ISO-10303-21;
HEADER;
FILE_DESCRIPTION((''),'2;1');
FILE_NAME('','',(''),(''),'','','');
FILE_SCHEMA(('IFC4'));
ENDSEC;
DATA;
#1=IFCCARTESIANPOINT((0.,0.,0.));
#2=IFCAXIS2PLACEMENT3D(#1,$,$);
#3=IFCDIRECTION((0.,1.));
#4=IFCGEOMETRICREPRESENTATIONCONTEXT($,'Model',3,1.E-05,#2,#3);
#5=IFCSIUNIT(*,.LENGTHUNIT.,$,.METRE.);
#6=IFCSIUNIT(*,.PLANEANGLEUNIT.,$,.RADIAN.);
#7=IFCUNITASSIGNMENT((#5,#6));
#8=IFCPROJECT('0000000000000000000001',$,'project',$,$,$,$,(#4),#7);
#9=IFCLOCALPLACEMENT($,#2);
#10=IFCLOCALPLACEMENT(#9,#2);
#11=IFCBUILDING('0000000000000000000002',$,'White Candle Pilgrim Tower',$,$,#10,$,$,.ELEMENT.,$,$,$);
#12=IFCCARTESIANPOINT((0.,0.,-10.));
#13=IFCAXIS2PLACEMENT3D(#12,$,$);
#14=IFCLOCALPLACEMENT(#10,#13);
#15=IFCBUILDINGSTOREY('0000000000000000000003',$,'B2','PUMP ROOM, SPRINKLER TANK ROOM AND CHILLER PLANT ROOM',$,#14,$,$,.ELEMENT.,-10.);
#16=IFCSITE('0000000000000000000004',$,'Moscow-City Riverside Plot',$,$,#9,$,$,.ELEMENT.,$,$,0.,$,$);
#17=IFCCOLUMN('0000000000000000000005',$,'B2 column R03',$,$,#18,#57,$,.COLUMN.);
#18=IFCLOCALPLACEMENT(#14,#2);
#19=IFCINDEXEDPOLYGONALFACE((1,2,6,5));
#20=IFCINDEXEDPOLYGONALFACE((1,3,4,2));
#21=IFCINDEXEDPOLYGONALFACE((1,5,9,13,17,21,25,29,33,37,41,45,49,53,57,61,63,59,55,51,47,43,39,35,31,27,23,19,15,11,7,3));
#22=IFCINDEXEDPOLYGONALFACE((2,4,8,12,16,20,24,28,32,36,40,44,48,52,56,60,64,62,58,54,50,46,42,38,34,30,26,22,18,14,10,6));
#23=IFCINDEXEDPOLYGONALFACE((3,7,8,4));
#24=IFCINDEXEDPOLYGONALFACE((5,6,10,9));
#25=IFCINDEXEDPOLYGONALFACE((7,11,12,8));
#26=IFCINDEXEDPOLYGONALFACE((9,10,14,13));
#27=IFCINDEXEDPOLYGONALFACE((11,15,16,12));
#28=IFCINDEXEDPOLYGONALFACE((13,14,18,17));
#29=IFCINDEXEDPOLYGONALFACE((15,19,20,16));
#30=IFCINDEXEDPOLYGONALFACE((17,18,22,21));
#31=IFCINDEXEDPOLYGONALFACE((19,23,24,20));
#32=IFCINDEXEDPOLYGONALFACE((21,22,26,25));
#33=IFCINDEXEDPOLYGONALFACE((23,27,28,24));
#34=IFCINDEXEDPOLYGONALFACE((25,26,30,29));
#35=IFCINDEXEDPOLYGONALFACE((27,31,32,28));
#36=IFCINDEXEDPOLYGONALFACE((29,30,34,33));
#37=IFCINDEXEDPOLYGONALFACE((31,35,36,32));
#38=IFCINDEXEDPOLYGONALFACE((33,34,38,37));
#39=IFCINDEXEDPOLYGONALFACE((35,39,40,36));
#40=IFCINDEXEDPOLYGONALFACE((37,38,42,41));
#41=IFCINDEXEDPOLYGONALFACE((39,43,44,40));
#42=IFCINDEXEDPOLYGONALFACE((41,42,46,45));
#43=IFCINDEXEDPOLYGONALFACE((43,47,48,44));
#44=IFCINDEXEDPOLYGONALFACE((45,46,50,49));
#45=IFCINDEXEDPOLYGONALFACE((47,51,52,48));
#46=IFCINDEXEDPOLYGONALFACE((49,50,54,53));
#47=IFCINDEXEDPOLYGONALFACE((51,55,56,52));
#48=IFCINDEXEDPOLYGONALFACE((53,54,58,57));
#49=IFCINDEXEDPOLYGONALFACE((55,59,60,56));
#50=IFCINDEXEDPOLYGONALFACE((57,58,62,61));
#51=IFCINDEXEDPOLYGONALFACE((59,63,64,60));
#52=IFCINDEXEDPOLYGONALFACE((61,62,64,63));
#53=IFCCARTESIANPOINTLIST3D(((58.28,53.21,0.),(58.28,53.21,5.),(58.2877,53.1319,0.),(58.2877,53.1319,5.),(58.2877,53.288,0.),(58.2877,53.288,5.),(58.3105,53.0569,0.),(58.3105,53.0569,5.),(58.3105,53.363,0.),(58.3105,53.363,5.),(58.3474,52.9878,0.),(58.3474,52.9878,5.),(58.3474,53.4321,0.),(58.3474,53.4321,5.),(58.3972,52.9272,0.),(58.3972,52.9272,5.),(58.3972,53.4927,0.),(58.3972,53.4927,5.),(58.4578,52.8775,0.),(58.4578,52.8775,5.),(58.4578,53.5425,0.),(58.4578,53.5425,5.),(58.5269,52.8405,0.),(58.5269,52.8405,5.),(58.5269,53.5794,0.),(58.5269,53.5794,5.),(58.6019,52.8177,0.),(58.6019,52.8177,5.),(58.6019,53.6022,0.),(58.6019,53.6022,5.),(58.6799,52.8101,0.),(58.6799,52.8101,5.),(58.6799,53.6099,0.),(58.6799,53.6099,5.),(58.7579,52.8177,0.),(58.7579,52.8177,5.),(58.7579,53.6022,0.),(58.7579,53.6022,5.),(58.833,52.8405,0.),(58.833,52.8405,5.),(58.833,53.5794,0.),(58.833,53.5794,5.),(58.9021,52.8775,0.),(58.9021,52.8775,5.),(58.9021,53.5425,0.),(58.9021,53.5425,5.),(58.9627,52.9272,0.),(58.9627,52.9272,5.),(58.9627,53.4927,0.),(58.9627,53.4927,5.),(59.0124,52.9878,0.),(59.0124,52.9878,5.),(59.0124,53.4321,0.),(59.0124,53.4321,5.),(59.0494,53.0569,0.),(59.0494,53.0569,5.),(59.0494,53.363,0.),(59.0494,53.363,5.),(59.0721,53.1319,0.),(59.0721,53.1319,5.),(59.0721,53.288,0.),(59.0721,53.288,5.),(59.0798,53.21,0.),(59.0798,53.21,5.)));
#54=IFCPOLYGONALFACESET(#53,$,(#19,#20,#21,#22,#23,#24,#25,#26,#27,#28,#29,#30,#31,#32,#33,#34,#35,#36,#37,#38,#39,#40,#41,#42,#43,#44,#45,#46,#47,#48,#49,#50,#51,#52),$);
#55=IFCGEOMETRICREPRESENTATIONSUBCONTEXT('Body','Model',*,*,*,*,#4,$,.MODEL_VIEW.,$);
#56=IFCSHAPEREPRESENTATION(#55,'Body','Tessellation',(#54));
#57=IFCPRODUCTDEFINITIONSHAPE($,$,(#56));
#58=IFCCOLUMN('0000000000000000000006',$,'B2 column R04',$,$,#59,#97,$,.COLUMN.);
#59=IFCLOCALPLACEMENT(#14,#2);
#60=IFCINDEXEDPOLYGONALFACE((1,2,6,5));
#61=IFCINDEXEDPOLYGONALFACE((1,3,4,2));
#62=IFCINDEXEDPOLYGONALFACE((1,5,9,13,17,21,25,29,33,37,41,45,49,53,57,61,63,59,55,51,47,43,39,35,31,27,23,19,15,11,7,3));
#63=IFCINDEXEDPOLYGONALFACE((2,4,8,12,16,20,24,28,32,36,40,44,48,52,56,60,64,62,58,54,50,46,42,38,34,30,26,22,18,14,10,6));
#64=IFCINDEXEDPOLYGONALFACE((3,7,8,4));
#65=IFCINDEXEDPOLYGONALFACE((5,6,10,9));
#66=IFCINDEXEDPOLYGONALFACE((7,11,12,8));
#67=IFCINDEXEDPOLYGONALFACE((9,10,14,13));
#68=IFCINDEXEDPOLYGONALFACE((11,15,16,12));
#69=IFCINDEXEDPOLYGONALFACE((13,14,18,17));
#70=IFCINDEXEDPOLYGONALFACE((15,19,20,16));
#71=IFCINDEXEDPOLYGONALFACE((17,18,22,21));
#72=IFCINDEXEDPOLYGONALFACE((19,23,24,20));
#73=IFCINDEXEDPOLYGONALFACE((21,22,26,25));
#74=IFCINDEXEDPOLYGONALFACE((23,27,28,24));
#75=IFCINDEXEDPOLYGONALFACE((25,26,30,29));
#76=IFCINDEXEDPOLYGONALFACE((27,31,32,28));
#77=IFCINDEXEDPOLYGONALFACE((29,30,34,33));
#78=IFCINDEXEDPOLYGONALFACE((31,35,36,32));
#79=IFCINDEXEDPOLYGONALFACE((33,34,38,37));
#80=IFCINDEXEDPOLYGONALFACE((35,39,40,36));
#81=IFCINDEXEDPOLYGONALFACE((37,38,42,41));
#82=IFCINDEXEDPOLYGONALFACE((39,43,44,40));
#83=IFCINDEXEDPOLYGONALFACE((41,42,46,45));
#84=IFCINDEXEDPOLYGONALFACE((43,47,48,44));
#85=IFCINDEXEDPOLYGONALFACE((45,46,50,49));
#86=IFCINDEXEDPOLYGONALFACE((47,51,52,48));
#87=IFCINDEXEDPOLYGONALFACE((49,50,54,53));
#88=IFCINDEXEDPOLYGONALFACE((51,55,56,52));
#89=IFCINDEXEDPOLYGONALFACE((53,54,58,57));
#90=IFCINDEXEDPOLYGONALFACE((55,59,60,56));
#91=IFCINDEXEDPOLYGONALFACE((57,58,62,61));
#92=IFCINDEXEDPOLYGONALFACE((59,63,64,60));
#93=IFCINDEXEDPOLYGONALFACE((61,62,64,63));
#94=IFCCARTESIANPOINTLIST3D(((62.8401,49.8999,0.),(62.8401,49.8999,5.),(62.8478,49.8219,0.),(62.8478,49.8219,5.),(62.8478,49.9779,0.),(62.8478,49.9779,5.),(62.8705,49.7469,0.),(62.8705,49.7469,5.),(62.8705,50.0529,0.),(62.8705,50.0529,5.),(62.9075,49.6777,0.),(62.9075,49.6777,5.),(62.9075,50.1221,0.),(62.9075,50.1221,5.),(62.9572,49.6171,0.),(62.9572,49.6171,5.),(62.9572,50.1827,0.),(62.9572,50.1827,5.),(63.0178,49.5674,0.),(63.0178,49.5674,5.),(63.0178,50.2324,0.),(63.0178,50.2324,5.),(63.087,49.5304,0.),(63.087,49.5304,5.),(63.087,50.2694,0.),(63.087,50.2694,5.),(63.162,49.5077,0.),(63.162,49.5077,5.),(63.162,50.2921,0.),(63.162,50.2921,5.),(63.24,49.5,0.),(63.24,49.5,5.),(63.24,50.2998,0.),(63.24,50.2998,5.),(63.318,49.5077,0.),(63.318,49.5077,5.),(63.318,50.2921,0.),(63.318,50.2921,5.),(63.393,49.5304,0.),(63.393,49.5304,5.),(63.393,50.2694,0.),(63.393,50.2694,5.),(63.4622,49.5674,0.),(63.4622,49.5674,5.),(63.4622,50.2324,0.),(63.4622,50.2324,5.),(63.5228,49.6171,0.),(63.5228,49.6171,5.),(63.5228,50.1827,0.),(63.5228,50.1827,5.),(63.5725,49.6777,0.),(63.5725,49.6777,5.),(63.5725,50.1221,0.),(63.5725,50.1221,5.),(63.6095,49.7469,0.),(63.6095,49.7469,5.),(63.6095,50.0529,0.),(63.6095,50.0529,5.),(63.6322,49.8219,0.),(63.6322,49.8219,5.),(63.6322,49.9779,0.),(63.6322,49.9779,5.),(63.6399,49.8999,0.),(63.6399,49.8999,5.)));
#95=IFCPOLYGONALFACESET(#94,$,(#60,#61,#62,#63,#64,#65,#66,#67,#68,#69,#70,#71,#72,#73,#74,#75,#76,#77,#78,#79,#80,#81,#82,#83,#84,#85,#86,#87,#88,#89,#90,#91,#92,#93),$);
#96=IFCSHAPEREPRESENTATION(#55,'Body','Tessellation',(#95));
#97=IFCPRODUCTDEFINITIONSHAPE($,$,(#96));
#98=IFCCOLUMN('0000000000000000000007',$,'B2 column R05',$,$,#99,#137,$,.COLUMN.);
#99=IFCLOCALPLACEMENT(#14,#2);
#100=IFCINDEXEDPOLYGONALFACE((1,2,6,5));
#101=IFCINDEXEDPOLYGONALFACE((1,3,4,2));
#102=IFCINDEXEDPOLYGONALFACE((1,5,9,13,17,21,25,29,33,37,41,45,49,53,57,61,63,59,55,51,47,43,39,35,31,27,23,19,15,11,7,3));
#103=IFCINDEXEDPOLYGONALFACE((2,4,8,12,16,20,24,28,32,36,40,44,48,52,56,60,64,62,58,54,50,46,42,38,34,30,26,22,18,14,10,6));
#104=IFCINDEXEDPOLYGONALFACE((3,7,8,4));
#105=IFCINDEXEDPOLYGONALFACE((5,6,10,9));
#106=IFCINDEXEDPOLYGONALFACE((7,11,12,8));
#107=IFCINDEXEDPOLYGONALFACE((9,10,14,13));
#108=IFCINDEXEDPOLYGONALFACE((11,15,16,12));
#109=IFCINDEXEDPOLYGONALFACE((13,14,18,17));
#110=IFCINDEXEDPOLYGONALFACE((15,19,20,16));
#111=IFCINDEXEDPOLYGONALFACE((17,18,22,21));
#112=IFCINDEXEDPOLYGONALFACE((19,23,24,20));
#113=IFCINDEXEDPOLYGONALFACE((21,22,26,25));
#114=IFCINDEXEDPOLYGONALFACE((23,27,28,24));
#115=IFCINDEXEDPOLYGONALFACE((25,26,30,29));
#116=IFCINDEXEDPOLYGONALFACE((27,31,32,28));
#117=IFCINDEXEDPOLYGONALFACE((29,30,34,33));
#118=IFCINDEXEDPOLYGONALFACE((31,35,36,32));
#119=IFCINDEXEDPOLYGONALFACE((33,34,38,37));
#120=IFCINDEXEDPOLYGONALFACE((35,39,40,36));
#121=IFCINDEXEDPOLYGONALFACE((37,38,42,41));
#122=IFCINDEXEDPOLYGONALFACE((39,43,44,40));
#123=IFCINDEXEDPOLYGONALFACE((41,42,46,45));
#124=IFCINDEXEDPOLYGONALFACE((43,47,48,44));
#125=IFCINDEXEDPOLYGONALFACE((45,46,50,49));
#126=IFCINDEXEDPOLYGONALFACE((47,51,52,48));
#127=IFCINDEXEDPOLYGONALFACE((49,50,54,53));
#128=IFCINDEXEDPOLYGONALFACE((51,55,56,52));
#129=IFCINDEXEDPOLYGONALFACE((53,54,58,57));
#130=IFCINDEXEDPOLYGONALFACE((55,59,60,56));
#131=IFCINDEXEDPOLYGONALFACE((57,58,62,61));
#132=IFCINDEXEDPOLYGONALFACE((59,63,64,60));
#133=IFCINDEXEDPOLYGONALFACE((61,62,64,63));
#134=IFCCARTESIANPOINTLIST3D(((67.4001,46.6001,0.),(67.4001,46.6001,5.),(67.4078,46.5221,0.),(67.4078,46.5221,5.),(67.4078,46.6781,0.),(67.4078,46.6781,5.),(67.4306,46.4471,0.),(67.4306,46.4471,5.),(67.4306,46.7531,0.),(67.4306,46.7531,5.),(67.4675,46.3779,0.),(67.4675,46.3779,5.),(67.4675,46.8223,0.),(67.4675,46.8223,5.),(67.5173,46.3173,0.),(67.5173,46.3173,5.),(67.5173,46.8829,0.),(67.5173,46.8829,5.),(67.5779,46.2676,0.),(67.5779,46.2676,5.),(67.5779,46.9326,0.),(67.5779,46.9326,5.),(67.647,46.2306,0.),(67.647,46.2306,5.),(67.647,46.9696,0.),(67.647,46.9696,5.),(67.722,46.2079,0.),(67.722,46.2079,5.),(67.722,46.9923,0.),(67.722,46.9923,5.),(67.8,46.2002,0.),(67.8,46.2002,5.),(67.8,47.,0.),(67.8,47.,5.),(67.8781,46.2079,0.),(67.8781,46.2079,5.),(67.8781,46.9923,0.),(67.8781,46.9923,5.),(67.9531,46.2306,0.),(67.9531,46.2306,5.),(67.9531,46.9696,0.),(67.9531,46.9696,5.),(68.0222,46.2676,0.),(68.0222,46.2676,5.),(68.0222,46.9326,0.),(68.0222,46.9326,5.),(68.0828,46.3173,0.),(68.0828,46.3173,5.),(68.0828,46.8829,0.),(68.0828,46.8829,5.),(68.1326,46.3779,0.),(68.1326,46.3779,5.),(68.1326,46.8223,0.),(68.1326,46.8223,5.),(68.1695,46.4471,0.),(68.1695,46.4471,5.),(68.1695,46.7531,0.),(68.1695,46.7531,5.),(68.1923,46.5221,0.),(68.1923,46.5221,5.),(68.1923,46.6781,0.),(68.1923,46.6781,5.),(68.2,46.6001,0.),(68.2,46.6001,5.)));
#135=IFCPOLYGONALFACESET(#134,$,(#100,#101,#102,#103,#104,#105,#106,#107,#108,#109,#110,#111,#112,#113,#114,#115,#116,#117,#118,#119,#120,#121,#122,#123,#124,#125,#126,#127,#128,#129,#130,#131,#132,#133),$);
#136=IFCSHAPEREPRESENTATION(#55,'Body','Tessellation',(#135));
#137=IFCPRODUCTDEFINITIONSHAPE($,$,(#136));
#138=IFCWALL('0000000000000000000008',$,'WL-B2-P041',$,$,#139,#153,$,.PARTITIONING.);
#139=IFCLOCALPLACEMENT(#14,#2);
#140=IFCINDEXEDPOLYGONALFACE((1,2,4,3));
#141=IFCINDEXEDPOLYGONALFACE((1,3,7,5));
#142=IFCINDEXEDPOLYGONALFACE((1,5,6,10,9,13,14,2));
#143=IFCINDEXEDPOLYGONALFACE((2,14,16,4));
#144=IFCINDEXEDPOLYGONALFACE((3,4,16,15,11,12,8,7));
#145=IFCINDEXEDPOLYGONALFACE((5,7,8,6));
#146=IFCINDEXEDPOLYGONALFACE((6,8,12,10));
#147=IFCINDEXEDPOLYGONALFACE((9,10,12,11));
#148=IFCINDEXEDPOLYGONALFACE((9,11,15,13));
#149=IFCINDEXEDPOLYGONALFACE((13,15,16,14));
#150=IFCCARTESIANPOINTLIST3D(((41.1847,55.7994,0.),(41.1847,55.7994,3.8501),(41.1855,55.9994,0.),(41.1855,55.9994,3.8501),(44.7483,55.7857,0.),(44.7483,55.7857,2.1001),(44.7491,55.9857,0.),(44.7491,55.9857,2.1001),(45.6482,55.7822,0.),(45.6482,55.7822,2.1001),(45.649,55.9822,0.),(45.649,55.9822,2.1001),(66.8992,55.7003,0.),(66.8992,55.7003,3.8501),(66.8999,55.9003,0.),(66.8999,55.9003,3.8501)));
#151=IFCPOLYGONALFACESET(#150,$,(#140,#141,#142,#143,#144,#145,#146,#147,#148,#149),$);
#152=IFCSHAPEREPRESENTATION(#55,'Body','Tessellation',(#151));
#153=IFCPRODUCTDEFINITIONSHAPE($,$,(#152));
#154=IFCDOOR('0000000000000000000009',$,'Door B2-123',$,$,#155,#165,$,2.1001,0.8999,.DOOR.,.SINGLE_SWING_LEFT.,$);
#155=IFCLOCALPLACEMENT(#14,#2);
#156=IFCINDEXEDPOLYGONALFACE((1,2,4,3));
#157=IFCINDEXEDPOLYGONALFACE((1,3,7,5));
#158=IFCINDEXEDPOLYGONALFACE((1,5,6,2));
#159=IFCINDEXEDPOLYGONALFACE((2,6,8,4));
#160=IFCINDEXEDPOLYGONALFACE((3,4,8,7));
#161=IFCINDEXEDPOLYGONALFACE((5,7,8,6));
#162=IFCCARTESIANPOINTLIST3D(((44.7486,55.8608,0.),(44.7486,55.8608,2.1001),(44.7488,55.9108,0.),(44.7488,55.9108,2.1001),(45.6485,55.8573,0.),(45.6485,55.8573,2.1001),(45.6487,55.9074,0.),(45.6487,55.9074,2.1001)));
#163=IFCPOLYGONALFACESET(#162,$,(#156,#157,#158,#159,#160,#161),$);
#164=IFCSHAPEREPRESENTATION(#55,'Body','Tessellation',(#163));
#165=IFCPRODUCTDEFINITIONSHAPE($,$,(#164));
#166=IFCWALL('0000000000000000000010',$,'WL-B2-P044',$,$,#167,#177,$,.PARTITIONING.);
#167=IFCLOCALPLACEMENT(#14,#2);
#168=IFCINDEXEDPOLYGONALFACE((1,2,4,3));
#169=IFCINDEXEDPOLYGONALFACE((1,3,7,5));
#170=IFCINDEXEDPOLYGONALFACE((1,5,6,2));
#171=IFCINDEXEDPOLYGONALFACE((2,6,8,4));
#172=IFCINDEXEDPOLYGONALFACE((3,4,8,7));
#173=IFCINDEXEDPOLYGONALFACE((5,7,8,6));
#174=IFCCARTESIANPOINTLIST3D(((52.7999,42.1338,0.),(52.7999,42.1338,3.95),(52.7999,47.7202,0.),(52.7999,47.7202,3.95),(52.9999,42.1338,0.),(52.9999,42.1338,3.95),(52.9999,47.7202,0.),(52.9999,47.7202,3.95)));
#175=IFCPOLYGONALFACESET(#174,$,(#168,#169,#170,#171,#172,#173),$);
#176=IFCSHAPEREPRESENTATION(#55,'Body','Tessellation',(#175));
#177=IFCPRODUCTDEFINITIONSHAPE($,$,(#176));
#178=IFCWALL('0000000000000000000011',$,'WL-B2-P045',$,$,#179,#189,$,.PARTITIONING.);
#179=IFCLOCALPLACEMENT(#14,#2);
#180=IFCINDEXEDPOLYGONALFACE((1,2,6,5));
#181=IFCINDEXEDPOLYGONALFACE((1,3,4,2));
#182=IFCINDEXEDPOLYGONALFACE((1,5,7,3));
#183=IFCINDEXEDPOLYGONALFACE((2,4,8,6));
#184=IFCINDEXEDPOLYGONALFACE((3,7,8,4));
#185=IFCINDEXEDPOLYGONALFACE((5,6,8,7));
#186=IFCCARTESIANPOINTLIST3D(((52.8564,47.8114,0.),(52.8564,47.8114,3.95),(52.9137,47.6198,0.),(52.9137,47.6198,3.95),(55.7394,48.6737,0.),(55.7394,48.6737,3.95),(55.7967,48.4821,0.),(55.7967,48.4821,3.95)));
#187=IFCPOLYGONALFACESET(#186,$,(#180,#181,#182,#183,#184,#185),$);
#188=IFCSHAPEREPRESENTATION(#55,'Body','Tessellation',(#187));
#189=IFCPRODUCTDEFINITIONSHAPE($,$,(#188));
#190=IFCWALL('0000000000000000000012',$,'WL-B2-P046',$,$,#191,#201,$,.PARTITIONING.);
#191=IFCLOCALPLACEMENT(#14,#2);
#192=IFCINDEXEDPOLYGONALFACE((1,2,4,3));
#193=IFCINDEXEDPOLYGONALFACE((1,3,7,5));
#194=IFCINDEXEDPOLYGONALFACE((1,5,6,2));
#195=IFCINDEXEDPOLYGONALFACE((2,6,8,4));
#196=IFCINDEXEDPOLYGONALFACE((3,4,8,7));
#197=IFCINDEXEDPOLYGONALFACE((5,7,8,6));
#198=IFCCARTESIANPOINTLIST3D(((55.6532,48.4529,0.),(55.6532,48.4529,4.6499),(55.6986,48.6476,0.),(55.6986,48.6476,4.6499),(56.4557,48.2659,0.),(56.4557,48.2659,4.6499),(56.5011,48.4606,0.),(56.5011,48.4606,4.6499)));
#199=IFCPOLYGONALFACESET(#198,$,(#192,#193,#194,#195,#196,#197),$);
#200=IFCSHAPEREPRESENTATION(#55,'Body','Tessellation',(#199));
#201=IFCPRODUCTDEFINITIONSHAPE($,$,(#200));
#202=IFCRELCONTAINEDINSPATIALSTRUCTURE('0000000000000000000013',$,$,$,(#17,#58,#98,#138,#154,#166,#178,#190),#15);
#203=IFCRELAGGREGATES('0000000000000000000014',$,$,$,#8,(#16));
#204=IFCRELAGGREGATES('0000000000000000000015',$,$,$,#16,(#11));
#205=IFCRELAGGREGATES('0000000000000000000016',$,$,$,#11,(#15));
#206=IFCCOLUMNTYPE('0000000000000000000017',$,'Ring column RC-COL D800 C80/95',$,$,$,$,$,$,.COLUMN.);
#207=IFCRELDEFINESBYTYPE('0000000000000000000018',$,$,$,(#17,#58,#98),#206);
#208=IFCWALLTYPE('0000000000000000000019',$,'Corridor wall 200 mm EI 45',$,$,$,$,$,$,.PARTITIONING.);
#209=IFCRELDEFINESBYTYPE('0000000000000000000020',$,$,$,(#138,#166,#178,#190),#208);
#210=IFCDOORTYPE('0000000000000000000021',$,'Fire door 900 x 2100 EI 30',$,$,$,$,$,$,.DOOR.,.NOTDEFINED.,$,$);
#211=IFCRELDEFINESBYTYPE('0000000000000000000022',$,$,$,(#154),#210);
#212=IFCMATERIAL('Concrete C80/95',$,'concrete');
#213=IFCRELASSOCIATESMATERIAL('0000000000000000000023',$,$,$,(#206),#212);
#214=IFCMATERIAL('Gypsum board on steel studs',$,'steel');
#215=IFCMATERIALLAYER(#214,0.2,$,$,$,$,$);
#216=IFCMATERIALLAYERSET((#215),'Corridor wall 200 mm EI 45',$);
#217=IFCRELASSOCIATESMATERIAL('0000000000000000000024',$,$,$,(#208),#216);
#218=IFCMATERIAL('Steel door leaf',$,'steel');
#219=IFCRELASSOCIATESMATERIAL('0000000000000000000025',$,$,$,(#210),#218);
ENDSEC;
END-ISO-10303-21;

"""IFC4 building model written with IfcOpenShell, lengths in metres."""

from ifc_helpers import new_model, si_unit, direction, frame, frame_2d, origin, origin_2d, place, context, subcontext, project, spatial, rectangle, circle, extrude, material, layer, layer_set, material_profile, profile_set, type_object, element, fill, save


model = new_model("IFC4")

# Units and contexts
model_context = context("Model", 3, precision=1e-05, world=origin(), true_north=direction((0.0, 1.0)))
body_context = subcontext(model_context, "Body", "Model", "MODEL_VIEW")
ifc_project = project(units=[si_unit("LENGTHUNIT", "METRE"), si_unit("PLANEANGLEUNIT", "RADIAN")], contexts=[model_context])

# Site, building, storey
site_placement = place(None, origin())
site = spatial("IfcSite", under=ifc_project, at=site_placement, Name="Moscow-City Riverside Plot", CompositionType="ELEMENT", RefElevation=0.0)
building_placement = place(site_placement, origin())
building = spatial("IfcBuilding", under=site, at=building_placement, Name="White Candle Pilgrim Tower", CompositionType="ELEMENT")
storey_placement = place(building_placement, frame((0.0, 0.0, -10.0)))
storey = spatial("IfcBuildingStorey", under=building, at=storey_placement, Name="B2", Description="PUMP ROOM, SPRINKLER TANK ROOM AND CHILLER PLANT ROOM", CompositionType="ELEMENT", Elevation=-10.0)

# Columns
ifc_material_1 = material(Name="Concrete C80/95", Category="concrete")
ifc_material_profile_1 = material_profile(ifc_material_1, circle(Radius=0.3999, at=origin_2d()), Name="RC-COL D800")
ifc_profile_set_1 = profile_set([ifc_material_profile_1], Name="Concrete C80/95")
column_type_1 = type_object("IfcColumnType", Name="Ring column RC-COL D800 C80/95", PredefinedType="COLUMN", material=ifc_profile_set_1)
for number, where, z_axis, x_axis, name in (
    (1, (58.6799, 53.21, 0.0), (0.0, 0.0, 1.0), (1.0, 0.0, 0.0), "B2 column R03"),
    (2, (63.24, 49.8999, 0.0), (0.0, 0.0, 1.0), (1.0, 0.0, 0.0), "B2 column R04"),
    (3, (67.8, 46.6001, 0.0), (0.0, 0.0, 1.0), (1.0, 0.0, 0.0), "B2 column R05"),
):
    element("IfcColumn", number, at=place(storey_placement, frame(where, z_axis=z_axis, x_axis=x_axis)), inside=storey, type_object=column_type_1, Name=name, PredefinedType="COLUMN", context=body_context, shape_type="SweptSolid", body=[
        extrude(circle(Radius=0.3999, at=origin_2d()), origin(), (0.0, 0.0, 1.0), 5.0),
    ])

# Wall, opening, door
ifc_material_2 = material(Name="Gypsum board on steel studs", Category="steel")
ifc_layer_1 = layer(ifc_material_2, 0.2)
ifc_layer_set_1 = layer_set([ifc_layer_1], Name="Corridor wall 200 mm EI 45")
wall_type_1 = type_object("IfcWallType", Name="Corridor wall 200 mm EI 45", PredefinedType="PARTITIONING", material=ifc_layer_set_1)
wall_1_placement = place(storey_placement, frame((66.8997, 55.8003, 0.0), z_axis=(0.0, 0.0, 1.0), x_axis=(-0.999993, 0.003855, 0.0)))
wall_1 = element("IfcWall", 4, at=wall_1_placement, inside=storey, type_object=wall_type_1, Name="WL-B2-P041", PredefinedType="PARTITIONING", context=body_context, shape_type="SweptSolid", body=[
    extrude(rectangle(XDim=25.7146, YDim=0.2, at=frame_2d((12.8574, 0.0))), origin(), (0.0, 0.0, 1.0), 3.8501),
])
opening_1_placement = place(wall_1_placement, frame((21.2512, 0.0, 0.0)))
opening_1 = element("IfcOpeningElement", 5, at=opening_1_placement, cuts=wall_1, PredefinedType="OPENING", context=body_context, shape_type="SweptSolid", body=[
    extrude(rectangle(XDim=0.8999, YDim=2.1001, at=frame_2d((0.45, 1.05))), frame((0.0, 0.1099, 0.0), z_axis=(0.0, -1.0, 0.0), x_axis=(1.0, 0.0, 0.0)), (0.0, 0.0, 1.0), 0.22),
])
ifc_material_3 = material(Name="Steel door leaf", Category="steel")
door_type = type_object("IfcDoorType", Name="Fire door 900 x 2100 EI 30", OperationType="NOTDEFINED", PredefinedType="DOOR", material=ifc_material_3)
door_1_placement = place(opening_1_placement, origin())
door_1 = element("IfcDoor", 6, at=door_1_placement, inside=storey, type_object=door_type, Name="Door B2-123", OperationType="SINGLE_SWING_LEFT", OverallHeight=2.1001, OverallWidth=0.8999, PredefinedType="DOOR", context=body_context, shape_type="SweptSolid", body=[
    extrude(rectangle(XDim=0.8999, YDim=2.1001, at=frame_2d((0.45, 1.05))), frame((0.0, 0.0249, 0.0), z_axis=(0.0, -1.0, 0.0), x_axis=(1.0, 0.0, 0.0)), (0.0, 0.0, 1.0), 0.05),
])
fill(opening_1, door_1)

# Walls
wall_2_placement = place(storey_placement, frame((52.8999, 42.1338, 0.0), z_axis=(0.0, 0.0, 1.0), x_axis=(0.0, 1.0, 0.0)))
element("IfcWall", 7, at=wall_2_placement, inside=storey, type_object=wall_type_1, Name="WL-B2-P044", PredefinedType="PARTITIONING", context=body_context, shape_type="SweptSolid", body=[
    extrude(rectangle(XDim=5.5864, YDim=0.2, at=frame_2d((2.7932, 0.0))), origin(), (0.0, 0.0, 1.0), 3.95),
])
wall_3_placement = place(storey_placement, frame((52.885, 47.7156, 0.0), z_axis=(0.0, 0.0, 1.0), x_axis=(0.958065, 0.286551, 0.0)))
element("IfcWall", 8, at=wall_3_placement, inside=storey, type_object=wall_type_1, Name="WL-B2-P045", PredefinedType="PARTITIONING", context=body_context, shape_type="SweptSolid", body=[
    extrude(rectangle(XDim=3.0093, YDim=0.2, at=frame_2d((1.5046, 0.0))), origin(), (0.0, 0.0, 1.0), 3.95),
])
wall_4_placement = place(storey_placement, frame((55.6758, 48.5503, 0.0), z_axis=(0.0, 0.0, 1.0), x_axis=(0.973905, -0.226958, 0.0)))
element("IfcWall", 9, at=wall_4_placement, inside=storey, type_object=wall_type_1, Name="WL-B2-P046", PredefinedType="PARTITIONING", context=body_context, shape_type="SweptSolid", body=[
    extrude(rectangle(XDim=0.824, YDim=0.2, at=frame_2d((0.4121, 0.0))), origin(), (0.0, 0.0, 1.0), 4.6499),
])

save(model, "model.ifc")
